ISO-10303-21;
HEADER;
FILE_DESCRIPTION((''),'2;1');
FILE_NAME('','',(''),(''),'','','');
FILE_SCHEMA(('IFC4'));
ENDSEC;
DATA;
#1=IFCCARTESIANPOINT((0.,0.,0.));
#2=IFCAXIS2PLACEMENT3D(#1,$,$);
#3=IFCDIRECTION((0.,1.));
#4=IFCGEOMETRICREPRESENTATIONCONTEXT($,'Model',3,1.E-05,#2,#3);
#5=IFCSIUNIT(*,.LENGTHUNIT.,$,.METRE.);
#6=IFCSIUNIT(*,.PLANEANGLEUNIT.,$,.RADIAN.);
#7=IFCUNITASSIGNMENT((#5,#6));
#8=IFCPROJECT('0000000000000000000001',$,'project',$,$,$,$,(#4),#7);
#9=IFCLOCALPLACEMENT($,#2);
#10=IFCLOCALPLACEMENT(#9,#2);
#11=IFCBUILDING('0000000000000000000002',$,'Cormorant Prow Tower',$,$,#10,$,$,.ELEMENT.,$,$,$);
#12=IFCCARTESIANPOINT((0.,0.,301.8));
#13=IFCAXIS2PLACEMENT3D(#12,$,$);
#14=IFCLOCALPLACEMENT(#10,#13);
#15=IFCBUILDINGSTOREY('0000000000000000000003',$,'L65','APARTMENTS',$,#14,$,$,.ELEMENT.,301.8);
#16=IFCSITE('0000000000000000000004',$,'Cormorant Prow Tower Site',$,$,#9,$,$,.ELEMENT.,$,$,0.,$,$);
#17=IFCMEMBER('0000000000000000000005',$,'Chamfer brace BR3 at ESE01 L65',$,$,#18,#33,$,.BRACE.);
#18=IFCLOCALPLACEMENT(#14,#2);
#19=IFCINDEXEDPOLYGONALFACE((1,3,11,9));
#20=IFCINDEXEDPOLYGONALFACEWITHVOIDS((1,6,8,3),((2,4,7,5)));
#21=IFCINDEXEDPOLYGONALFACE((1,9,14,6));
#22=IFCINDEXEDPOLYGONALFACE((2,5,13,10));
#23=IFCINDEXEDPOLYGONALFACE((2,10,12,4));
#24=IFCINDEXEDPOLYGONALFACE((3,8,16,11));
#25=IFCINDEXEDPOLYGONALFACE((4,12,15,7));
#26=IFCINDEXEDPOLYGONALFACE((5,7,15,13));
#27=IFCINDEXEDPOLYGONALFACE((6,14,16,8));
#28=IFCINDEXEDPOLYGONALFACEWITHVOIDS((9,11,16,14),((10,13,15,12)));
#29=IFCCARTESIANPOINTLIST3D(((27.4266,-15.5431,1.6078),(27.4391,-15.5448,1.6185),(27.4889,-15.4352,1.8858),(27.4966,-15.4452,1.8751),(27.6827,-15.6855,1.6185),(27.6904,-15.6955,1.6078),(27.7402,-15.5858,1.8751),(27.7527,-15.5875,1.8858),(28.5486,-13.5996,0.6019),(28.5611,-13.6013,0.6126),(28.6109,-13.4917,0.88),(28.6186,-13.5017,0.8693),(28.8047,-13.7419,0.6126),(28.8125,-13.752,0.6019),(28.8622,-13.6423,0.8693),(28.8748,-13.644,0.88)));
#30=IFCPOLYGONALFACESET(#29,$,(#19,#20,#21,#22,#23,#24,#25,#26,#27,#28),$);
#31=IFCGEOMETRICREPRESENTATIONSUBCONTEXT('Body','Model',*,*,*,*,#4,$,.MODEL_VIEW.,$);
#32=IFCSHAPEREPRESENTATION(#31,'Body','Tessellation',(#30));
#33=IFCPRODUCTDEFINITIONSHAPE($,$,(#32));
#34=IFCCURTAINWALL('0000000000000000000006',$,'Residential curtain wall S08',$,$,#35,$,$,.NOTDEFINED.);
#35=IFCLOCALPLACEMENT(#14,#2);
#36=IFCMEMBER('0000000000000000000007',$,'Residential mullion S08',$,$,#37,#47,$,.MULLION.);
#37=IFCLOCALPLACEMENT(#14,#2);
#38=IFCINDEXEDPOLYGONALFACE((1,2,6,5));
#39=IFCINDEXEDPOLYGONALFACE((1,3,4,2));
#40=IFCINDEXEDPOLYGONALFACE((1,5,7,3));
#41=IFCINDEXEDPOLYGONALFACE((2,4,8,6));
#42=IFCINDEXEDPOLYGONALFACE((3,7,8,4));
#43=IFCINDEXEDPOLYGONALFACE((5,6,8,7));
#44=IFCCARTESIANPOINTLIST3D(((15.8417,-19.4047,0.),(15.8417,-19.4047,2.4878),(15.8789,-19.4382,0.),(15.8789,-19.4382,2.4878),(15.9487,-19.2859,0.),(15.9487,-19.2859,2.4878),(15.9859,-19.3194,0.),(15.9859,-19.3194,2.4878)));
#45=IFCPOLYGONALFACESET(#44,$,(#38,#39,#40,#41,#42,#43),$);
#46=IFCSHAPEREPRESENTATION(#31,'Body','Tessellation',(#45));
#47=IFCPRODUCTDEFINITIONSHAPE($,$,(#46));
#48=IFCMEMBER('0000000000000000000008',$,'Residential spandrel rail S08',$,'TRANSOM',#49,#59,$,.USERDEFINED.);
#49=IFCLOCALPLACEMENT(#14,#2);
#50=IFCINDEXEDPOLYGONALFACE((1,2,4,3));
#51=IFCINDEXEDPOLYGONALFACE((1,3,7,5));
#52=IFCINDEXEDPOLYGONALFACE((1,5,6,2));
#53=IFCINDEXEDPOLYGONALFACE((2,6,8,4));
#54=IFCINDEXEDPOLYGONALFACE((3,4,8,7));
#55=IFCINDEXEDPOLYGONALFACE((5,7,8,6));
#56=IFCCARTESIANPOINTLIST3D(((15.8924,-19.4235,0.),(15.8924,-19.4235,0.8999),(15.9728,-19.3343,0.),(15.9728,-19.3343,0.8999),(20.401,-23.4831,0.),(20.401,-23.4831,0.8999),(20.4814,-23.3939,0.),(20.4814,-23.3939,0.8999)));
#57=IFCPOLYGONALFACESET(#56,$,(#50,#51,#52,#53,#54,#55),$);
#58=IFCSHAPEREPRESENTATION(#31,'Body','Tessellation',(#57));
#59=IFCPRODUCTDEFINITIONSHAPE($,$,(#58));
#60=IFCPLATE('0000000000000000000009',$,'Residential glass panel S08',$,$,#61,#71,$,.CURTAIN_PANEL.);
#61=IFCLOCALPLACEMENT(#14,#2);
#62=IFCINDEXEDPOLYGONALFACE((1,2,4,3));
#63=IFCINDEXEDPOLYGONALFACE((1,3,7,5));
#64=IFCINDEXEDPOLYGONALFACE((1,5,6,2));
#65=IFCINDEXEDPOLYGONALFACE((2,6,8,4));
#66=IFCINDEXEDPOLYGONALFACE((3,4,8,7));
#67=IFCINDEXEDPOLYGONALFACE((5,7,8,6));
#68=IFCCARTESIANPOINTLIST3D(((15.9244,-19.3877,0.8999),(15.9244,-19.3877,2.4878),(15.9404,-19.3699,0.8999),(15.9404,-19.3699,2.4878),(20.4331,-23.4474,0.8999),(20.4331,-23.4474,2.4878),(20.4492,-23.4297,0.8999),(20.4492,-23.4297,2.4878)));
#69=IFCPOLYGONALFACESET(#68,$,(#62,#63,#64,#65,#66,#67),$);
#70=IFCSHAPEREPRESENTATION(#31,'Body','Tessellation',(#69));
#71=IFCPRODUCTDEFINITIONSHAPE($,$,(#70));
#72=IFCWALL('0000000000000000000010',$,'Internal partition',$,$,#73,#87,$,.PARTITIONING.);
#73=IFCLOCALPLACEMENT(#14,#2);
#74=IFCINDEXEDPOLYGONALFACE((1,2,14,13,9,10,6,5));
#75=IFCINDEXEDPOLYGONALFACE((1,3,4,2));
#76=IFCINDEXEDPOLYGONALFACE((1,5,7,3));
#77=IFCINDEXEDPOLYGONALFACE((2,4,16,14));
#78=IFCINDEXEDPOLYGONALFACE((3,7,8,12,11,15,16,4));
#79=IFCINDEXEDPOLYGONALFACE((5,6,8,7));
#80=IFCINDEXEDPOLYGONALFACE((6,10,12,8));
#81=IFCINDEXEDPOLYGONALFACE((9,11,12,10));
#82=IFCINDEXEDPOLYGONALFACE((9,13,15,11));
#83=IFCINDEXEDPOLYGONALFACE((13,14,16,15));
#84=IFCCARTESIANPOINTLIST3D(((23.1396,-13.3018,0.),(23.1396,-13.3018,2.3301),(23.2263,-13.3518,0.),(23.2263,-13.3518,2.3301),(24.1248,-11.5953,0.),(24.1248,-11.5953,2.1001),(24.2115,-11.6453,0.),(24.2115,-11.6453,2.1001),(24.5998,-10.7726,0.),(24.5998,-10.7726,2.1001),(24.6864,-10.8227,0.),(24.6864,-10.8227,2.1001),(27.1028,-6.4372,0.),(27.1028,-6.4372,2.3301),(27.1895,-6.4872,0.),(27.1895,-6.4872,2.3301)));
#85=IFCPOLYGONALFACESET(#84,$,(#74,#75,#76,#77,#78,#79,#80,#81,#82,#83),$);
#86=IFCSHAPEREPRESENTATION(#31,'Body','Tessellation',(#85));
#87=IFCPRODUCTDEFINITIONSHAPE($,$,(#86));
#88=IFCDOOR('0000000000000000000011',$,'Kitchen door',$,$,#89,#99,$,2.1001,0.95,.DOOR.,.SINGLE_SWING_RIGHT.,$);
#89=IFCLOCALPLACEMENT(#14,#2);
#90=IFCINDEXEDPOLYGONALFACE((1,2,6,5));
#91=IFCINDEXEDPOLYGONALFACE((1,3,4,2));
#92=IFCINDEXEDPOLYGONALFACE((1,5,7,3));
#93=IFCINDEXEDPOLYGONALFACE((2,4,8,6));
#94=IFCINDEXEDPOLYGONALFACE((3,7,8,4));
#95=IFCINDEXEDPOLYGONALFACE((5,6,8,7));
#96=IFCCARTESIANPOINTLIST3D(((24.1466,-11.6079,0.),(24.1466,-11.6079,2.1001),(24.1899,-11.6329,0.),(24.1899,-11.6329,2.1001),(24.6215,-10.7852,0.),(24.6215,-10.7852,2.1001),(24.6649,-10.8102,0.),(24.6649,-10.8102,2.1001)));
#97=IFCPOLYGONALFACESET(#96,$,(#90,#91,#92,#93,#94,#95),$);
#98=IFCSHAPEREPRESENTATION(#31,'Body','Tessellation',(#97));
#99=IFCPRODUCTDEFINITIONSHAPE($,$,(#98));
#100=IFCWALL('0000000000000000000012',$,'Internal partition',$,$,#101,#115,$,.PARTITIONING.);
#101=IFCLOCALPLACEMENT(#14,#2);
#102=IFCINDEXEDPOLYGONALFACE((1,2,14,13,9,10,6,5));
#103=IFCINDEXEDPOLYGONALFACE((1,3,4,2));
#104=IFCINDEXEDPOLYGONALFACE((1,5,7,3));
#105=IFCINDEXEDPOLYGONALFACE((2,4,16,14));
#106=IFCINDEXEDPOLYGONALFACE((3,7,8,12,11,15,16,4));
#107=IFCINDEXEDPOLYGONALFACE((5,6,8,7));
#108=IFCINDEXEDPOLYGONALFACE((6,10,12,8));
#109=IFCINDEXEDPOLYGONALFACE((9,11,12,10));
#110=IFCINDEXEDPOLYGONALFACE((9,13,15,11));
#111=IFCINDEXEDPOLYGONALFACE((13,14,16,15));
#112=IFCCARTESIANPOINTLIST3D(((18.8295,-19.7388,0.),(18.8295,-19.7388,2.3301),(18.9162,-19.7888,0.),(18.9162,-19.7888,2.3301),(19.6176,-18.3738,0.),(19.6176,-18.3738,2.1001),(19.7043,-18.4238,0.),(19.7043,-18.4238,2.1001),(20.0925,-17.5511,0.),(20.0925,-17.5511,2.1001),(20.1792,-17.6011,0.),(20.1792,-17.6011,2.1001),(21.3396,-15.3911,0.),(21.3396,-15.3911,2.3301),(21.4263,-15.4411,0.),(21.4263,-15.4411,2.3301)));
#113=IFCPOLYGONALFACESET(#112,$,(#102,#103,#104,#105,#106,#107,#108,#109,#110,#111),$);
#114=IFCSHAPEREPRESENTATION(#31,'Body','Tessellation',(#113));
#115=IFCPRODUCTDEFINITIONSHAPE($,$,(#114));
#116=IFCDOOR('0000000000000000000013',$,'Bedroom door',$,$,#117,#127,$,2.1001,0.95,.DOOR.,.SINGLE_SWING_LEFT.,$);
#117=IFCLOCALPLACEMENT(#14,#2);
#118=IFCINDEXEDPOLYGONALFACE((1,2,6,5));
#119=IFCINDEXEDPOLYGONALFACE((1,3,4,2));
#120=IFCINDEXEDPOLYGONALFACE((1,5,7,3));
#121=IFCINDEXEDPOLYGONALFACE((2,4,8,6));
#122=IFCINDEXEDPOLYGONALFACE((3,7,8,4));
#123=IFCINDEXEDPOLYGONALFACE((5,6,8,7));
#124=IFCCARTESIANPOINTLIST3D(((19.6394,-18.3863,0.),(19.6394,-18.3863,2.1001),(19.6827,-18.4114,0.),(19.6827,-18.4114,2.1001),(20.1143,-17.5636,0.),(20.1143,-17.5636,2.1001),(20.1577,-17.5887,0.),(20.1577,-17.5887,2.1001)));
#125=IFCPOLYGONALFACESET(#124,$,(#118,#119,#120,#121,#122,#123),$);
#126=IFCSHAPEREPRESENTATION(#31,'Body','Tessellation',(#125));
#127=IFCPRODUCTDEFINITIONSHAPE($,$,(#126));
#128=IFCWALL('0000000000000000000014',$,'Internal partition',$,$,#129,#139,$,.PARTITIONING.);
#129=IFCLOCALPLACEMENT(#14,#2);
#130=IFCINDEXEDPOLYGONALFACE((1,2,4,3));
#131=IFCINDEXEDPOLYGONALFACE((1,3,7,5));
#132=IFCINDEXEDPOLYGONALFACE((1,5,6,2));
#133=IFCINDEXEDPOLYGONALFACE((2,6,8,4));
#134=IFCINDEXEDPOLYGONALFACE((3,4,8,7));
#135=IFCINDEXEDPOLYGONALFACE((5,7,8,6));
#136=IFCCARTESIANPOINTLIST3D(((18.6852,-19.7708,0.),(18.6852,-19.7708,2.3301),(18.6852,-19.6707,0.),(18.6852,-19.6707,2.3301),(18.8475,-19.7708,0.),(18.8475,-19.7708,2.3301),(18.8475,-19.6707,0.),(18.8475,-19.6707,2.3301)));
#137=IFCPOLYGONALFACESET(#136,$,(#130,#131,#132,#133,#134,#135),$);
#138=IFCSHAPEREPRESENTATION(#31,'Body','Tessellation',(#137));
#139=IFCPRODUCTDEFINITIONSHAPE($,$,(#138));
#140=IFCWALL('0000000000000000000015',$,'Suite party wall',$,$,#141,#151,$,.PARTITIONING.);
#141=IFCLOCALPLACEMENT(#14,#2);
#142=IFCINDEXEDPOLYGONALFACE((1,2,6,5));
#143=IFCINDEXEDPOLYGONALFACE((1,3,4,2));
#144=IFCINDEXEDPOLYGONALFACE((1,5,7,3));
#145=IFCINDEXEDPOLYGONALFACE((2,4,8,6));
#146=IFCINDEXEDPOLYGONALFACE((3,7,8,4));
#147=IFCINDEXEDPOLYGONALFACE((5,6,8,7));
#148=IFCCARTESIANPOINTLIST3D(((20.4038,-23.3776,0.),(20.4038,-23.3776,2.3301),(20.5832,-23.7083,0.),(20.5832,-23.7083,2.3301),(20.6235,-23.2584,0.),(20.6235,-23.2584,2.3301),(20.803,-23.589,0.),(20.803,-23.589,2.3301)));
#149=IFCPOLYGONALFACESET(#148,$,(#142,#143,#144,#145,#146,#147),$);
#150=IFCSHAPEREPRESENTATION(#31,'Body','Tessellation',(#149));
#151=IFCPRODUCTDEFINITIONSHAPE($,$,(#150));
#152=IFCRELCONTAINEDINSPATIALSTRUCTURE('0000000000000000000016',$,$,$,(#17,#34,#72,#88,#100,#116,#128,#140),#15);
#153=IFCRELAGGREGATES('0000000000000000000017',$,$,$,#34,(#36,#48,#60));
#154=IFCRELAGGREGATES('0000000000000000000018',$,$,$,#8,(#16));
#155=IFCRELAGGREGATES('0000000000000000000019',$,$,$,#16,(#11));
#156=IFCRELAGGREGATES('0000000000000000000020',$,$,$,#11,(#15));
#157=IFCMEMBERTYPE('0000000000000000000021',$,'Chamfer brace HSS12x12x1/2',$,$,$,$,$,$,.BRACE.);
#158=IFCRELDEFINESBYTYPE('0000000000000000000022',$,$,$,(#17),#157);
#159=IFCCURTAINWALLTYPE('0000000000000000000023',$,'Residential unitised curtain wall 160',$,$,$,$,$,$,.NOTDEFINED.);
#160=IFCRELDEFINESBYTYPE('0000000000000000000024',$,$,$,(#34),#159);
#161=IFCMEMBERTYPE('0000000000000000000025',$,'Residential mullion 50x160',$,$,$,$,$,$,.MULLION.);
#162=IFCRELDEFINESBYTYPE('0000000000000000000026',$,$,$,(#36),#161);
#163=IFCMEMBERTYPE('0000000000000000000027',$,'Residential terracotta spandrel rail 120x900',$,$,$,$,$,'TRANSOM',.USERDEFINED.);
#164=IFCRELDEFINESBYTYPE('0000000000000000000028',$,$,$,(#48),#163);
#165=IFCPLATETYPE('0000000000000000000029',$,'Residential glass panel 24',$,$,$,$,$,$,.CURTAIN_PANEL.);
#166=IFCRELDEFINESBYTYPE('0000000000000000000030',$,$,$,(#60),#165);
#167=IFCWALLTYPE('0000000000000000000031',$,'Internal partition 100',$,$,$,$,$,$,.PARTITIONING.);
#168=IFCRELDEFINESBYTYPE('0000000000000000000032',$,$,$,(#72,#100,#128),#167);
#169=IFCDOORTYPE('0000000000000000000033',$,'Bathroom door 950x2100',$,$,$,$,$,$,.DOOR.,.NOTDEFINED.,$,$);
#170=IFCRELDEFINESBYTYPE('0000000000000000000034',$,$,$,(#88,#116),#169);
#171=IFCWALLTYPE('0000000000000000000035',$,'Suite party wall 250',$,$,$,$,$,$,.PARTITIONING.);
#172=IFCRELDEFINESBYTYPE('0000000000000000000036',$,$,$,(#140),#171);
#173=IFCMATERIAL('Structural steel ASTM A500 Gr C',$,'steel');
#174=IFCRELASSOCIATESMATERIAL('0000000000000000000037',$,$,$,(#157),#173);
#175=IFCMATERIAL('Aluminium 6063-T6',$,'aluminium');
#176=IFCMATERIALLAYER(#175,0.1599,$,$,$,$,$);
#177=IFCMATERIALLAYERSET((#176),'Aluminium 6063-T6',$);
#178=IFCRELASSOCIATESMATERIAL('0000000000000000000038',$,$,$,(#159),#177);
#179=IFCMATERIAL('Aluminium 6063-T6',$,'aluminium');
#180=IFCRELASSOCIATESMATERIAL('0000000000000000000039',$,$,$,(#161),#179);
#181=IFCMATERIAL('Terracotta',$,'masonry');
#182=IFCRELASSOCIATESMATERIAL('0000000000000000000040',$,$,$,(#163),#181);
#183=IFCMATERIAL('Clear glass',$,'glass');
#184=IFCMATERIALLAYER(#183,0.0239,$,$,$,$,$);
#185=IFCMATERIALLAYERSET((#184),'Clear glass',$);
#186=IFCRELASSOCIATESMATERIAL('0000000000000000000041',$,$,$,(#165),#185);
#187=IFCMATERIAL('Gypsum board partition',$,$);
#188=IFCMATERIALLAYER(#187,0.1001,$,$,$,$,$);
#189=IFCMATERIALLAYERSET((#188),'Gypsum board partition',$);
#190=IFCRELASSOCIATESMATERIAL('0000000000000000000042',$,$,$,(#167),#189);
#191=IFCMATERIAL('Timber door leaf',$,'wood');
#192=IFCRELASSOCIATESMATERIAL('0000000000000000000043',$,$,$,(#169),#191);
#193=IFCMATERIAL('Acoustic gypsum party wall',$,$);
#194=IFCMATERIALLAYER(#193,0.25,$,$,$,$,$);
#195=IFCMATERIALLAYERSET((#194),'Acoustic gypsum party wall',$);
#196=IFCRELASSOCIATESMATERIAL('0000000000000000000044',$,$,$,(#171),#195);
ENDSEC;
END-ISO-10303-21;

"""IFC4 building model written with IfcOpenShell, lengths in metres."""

from ifc_helpers import new_model, si_unit, direction, frame, frame_2d, origin, origin_2d, place, context, subcontext, project, spatial, rectangle, hollow_rectangle, extrude, material, layer, layer_set, material_profile, profile_set, type_object, element, fill, aggregate, save


model = new_model("IFC4")

# Units and contexts
model_context = context("Model", 3, precision=1e-05, world=origin(), true_north=direction((0.0, 1.0)))
body_context = subcontext(model_context, "Body", "Model", "MODEL_VIEW")
ifc_project = project(units=[si_unit("LENGTHUNIT", "METRE"), si_unit("PLANEANGLEUNIT", "RADIAN")], contexts=[model_context])

# Site, building, storey
site_placement = place(None, origin())
site = spatial("IfcSite", under=ifc_project, at=site_placement, Name="Cormorant Prow Tower Site", CompositionType="ELEMENT", RefElevation=0.0)
building_placement = place(site_placement, origin())
building = spatial("IfcBuilding", under=site, at=building_placement, Name="Cormorant Prow Tower", CompositionType="ELEMENT")
storey_placement = place(building_placement, frame((0.0, 0.0, 301.8)))
storey = spatial("IfcBuildingStorey", under=building, at=storey_placement, Name="L65", Description="APARTMENTS", CompositionType="ELEMENT", Elevation=301.8)

# Member
ifc_material_1 = material(Name="Structural steel ASTM A500 Gr C", Category="steel")
ifc_material_profile_1 = material_profile(ifc_material_1, hollow_rectangle(XDim=0.3047, YDim=0.3047, WallThickness=0.0117, at=origin_2d()), Name="HSS12x12x1/2")
ifc_profile_set_1 = profile_set([ifc_material_profile_1], Name="Structural steel ASTM A500 Gr C")
member_type_1 = type_object("IfcMemberType", Name="Chamfer brace HSS12x12x1/2", PredefinedType="BRACE", material=ifc_profile_set_1)
for number, where, z_axis, x_axis, name in (
    (1, (28.7117, -13.6218, 0.741), (-0.456247, -0.790292, 0.408994), (0.866039, -0.499977, 0.0), "Chamfer brace BR3 at ESE01 L65"),
):
    element("IfcMember", number, at=place(storey_placement, frame(where, z_axis=z_axis, x_axis=x_axis)), inside=storey, type_object=member_type_1, Name=name, PredefinedType="BRACE", context=body_context, shape_type="SweptSolid", body=[
        extrude(hollow_rectangle(XDim=0.3047, YDim=0.3047, WallThickness=0.0117, at=origin_2d()), origin(), (0.0, 0.0, 1.0), 2.4592),
    ])

# Curtain wall, members, plate
ifc_material_2 = material(Name="Aluminium 6063-T6", Category="aluminium")
ifc_layer_1 = layer(ifc_material_2, 0.1599)
ifc_layer_set_1 = layer_set([ifc_layer_1], Name="Aluminium 6063-T6")
curtain_wall_type = type_object("IfcCurtainWallType", Name="Residential unitised curtain wall 160", PredefinedType="NOTDEFINED", material=ifc_layer_set_1)
curtain_wall_placement = place(storey_placement, origin())
curtain_wall = element("IfcCurtainWall", 2, at=curtain_wall_placement, inside=storey, type_object=curtain_wall_type, Name="Residential curtain wall S08", PredefinedType="NOTDEFINED")
ifc_material_3 = material(Name="Aluminium 6063-T6", Category="aluminium")
ifc_material_profile_2 = material_profile(ifc_material_3, rectangle(XDim=0.1599, YDim=0.05, at=origin_2d()), Name="Residential mullion 50x160")
ifc_profile_set_2 = profile_set([ifc_material_profile_2], Name="Aluminium 6063-T6")
member_type_2 = type_object("IfcMemberType", Name="Residential mullion 50x160", PredefinedType="MULLION", material=ifc_profile_set_2)
member_1_placement = place(storey_placement, frame((15.9138, -19.3621, 0.0), z_axis=(0.0, 0.0, 1.0), x_axis=(0.669131, 0.743145, 0.0)))
member_1 = element("IfcMember", 3, at=member_1_placement, type_object=member_type_2, Name="Residential mullion S08", PredefinedType="MULLION", context=body_context, shape_type="SweptSolid", body=[
    extrude(rectangle(XDim=0.1599, YDim=0.05, at=origin_2d()), origin(), (0.0, 0.0, 1.0), 2.4878),
])
ifc_material_4 = material(Name="Terracotta", Category="masonry")
ifc_material_profile_3 = material_profile(ifc_material_4, rectangle(XDim=0.1201, YDim=0.8999, at=origin_2d()), Name="Residential terracotta spandrel rail 120x900")
ifc_profile_set_3 = profile_set([ifc_material_profile_3], Name="Terracotta")
member_type_3 = type_object("IfcMemberType", Name="Residential terracotta spandrel rail 120x900", ElementType="TRANSOM", PredefinedType="USERDEFINED", material=ifc_profile_set_3)
member_2_placement = place(storey_placement, frame((15.9326, -19.3789, 0.45), z_axis=(0.74314, -0.669136, 0.0), x_axis=(0.669136, 0.74314, 0.0)))
member_2 = element("IfcMember", 4, at=member_2_placement, type_object=member_type_3, Name="Residential spandrel rail S08", ObjectType="TRANSOM", PredefinedType="USERDEFINED", context=body_context, shape_type="SweptSolid", body=[
    extrude(rectangle(XDim=0.1201, YDim=0.8999, at=origin_2d()), origin(), (0.0, 0.0, 1.0), 6.0669),
])
ifc_material_5 = material(Name="Clear glass", Category="glass")
ifc_layer_2 = layer(ifc_material_5, 0.0239)
ifc_layer_set_2 = layer_set([ifc_layer_2], Name="Clear glass")
plate_type = type_object("IfcPlateType", Name="Residential glass panel 24", PredefinedType="CURTAIN_PANEL", material=ifc_layer_set_2)
plate_placement = place(storey_placement, frame((18.1868, -21.4087, 0.8999), z_axis=(0.0, 0.0, 1.0), x_axis=(0.743145, -0.669131, 0.0)))
plate = element("IfcPlate", 5, at=plate_placement, type_object=plate_type, Name="Residential glass panel S08", PredefinedType="CURTAIN_PANEL", context=body_context, shape_type="SweptSolid", body=[
    extrude(rectangle(XDim=6.0671, YDim=0.0239, at=origin_2d()), origin(), (0.0, 0.0, 1.0), 1.5879),
])
aggregate(curtain_wall, [member_1, member_2, plate])

# Walls, openings, doors
ifc_material_6 = material(Name="Gypsum board partition")
ifc_layer_3 = layer(ifc_material_6, 0.1001)
ifc_layer_set_3 = layer_set([ifc_layer_3], Name="Gypsum board partition")
wall_type_1 = type_object("IfcWallType", Name="Internal partition 100", PredefinedType="PARTITIONING", material=ifc_layer_set_3)
wall_1_placement = place(storey_placement, frame((23.1829, -13.3269, 0.0), z_axis=(0.0, 0.0, 1.0), x_axis=(0.499992, 0.86603, 0.0)))
wall_1 = element("IfcWall", 6, at=wall_1_placement, inside=storey, type_object=wall_type_1, Name="Internal partition", PredefinedType="PARTITIONING", context=body_context, shape_type="SweptSolid", body=[
    extrude(rectangle(XDim=7.9265, YDim=0.1001, at=frame_2d((3.9634, 0.0))), origin(), (0.0, 0.0, 1.0), 2.3301),
])
opening_1_placement = place(wall_1_placement, frame((1.9705, 0.0, 0.0)))
opening_1 = element("IfcOpeningElement", 7, at=opening_1_placement, cuts=wall_1, PredefinedType="OPENING", context=body_context, shape_type="SweptSolid", body=[
    extrude(rectangle(XDim=0.95, YDim=2.1001, at=frame_2d((0.4751, 1.05))), frame((0.0, 0.0601, 0.0), z_axis=(0.0, -1.0, 0.0), x_axis=(1.0, 0.0, 0.0)), (0.0, 0.0, 1.0), 0.1201),
])
ifc_material_7 = material(Name="Timber door leaf", Category="wood")
door_type_1 = type_object("IfcDoorType", Name="Bathroom door 950x2100", OperationType="NOTDEFINED", PredefinedType="DOOR", material=ifc_material_7)
door_1_placement = place(opening_1_placement, origin())
door_1 = element("IfcDoor", 8, at=door_1_placement, inside=storey, type_object=door_type_1, Name="Kitchen door", OperationType="SINGLE_SWING_RIGHT", OverallHeight=2.1001, OverallWidth=0.95, PredefinedType="DOOR", context=body_context, shape_type="SweptSolid", body=[
    extrude(rectangle(XDim=0.95, YDim=2.1001, at=frame_2d((0.4751, 1.05))), frame((0.0, 0.0249, 0.0), z_axis=(0.0, -1.0, 0.0), x_axis=(1.0, 0.0, 0.0)), (0.0, 0.0, 1.0), 0.05),
])
fill(opening_1, door_1)
wall_2_placement = place(storey_placement, frame((18.8728, -19.7639, 0.0), z_axis=(0.0, 0.0, 1.0), x_axis=(0.499983, 0.866035, 0.0)))
wall_2 = element("IfcWall", 9, at=wall_2_placement, inside=storey, type_object=wall_type_1, Name="Internal partition", PredefinedType="PARTITIONING", context=body_context, shape_type="SweptSolid", body=[
    extrude(rectangle(XDim=5.0203, YDim=0.1001, at=frame_2d((2.5103, 0.0))), origin(), (0.0, 0.0, 1.0), 2.3301),
])
opening_2_placement = place(wall_2_placement, frame((1.5762, 0.0, 0.0)))
opening_2 = element("IfcOpeningElement", 10, at=opening_2_placement, cuts=wall_2, PredefinedType="OPENING", context=body_context, shape_type="SweptSolid", body=[
    extrude(rectangle(XDim=0.95, YDim=2.1001, at=frame_2d((0.4751, 1.05))), frame((0.0, 0.0601, 0.0), z_axis=(0.0, -1.0, 0.0), x_axis=(1.0, 0.0, 0.0)), (0.0, 0.0, 1.0), 0.1201),
])
door_2_placement = place(opening_2_placement, origin())
door_2 = element("IfcDoor", 11, at=door_2_placement, inside=storey, type_object=door_type_1, Name="Bedroom door", OperationType="SINGLE_SWING_LEFT", OverallHeight=2.1001, OverallWidth=0.95, PredefinedType="DOOR", context=body_context, shape_type="SweptSolid", body=[
    extrude(rectangle(XDim=0.95, YDim=2.1001, at=frame_2d((0.4751, 1.05))), frame((0.0, 0.0249, 0.0), z_axis=(0.0, -1.0, 0.0), x_axis=(1.0, 0.0, 0.0)), (0.0, 0.0, 1.0), 0.05),
])
fill(opening_2, door_2)

# Walls
wall_3_placement = place(storey_placement, frame((18.6853, -19.7207, 0.0), z_axis=(0.0, 0.0, 1.0), x_axis=(1.0, 0.0, 0.0)))
element("IfcWall", 12, at=wall_3_placement, inside=storey, type_object=wall_type_1, Name="Internal partition", PredefinedType="PARTITIONING", context=body_context, shape_type="SweptSolid", body=[
    extrude(rectangle(XDim=0.1624, YDim=0.1001, at=frame_2d((0.0811, 0.0))), origin(), (0.0, 0.0, 1.0), 2.3301),
])
ifc_material_8 = material(Name="Acoustic gypsum party wall")
ifc_layer_4 = layer(ifc_material_8, 0.25)
ifc_layer_set_4 = layer_set([ifc_layer_4], Name="Acoustic gypsum party wall")
wall_type_2 = type_object("IfcWallType", Name="Suite party wall 250", PredefinedType="PARTITIONING", material=ifc_layer_set_4)
wall_4_placement = place(storey_placement, frame((20.5137, -23.3181, 0.0), z_axis=(0.0, 0.0, 1.0), x_axis=(0.477078, -0.878861, 0.0)))
element("IfcWall", 13, at=wall_4_placement, inside=storey, type_object=wall_type_2, Name="Suite party wall", PredefinedType="PARTITIONING", context=body_context, shape_type="SweptSolid", body=[
    extrude(rectangle(XDim=0.3762, YDim=0.25, at=frame_2d((0.188, 0.0))), origin(), (0.0, 0.0, 1.0), 2.3301),
])

save(model, "model.ifc")
